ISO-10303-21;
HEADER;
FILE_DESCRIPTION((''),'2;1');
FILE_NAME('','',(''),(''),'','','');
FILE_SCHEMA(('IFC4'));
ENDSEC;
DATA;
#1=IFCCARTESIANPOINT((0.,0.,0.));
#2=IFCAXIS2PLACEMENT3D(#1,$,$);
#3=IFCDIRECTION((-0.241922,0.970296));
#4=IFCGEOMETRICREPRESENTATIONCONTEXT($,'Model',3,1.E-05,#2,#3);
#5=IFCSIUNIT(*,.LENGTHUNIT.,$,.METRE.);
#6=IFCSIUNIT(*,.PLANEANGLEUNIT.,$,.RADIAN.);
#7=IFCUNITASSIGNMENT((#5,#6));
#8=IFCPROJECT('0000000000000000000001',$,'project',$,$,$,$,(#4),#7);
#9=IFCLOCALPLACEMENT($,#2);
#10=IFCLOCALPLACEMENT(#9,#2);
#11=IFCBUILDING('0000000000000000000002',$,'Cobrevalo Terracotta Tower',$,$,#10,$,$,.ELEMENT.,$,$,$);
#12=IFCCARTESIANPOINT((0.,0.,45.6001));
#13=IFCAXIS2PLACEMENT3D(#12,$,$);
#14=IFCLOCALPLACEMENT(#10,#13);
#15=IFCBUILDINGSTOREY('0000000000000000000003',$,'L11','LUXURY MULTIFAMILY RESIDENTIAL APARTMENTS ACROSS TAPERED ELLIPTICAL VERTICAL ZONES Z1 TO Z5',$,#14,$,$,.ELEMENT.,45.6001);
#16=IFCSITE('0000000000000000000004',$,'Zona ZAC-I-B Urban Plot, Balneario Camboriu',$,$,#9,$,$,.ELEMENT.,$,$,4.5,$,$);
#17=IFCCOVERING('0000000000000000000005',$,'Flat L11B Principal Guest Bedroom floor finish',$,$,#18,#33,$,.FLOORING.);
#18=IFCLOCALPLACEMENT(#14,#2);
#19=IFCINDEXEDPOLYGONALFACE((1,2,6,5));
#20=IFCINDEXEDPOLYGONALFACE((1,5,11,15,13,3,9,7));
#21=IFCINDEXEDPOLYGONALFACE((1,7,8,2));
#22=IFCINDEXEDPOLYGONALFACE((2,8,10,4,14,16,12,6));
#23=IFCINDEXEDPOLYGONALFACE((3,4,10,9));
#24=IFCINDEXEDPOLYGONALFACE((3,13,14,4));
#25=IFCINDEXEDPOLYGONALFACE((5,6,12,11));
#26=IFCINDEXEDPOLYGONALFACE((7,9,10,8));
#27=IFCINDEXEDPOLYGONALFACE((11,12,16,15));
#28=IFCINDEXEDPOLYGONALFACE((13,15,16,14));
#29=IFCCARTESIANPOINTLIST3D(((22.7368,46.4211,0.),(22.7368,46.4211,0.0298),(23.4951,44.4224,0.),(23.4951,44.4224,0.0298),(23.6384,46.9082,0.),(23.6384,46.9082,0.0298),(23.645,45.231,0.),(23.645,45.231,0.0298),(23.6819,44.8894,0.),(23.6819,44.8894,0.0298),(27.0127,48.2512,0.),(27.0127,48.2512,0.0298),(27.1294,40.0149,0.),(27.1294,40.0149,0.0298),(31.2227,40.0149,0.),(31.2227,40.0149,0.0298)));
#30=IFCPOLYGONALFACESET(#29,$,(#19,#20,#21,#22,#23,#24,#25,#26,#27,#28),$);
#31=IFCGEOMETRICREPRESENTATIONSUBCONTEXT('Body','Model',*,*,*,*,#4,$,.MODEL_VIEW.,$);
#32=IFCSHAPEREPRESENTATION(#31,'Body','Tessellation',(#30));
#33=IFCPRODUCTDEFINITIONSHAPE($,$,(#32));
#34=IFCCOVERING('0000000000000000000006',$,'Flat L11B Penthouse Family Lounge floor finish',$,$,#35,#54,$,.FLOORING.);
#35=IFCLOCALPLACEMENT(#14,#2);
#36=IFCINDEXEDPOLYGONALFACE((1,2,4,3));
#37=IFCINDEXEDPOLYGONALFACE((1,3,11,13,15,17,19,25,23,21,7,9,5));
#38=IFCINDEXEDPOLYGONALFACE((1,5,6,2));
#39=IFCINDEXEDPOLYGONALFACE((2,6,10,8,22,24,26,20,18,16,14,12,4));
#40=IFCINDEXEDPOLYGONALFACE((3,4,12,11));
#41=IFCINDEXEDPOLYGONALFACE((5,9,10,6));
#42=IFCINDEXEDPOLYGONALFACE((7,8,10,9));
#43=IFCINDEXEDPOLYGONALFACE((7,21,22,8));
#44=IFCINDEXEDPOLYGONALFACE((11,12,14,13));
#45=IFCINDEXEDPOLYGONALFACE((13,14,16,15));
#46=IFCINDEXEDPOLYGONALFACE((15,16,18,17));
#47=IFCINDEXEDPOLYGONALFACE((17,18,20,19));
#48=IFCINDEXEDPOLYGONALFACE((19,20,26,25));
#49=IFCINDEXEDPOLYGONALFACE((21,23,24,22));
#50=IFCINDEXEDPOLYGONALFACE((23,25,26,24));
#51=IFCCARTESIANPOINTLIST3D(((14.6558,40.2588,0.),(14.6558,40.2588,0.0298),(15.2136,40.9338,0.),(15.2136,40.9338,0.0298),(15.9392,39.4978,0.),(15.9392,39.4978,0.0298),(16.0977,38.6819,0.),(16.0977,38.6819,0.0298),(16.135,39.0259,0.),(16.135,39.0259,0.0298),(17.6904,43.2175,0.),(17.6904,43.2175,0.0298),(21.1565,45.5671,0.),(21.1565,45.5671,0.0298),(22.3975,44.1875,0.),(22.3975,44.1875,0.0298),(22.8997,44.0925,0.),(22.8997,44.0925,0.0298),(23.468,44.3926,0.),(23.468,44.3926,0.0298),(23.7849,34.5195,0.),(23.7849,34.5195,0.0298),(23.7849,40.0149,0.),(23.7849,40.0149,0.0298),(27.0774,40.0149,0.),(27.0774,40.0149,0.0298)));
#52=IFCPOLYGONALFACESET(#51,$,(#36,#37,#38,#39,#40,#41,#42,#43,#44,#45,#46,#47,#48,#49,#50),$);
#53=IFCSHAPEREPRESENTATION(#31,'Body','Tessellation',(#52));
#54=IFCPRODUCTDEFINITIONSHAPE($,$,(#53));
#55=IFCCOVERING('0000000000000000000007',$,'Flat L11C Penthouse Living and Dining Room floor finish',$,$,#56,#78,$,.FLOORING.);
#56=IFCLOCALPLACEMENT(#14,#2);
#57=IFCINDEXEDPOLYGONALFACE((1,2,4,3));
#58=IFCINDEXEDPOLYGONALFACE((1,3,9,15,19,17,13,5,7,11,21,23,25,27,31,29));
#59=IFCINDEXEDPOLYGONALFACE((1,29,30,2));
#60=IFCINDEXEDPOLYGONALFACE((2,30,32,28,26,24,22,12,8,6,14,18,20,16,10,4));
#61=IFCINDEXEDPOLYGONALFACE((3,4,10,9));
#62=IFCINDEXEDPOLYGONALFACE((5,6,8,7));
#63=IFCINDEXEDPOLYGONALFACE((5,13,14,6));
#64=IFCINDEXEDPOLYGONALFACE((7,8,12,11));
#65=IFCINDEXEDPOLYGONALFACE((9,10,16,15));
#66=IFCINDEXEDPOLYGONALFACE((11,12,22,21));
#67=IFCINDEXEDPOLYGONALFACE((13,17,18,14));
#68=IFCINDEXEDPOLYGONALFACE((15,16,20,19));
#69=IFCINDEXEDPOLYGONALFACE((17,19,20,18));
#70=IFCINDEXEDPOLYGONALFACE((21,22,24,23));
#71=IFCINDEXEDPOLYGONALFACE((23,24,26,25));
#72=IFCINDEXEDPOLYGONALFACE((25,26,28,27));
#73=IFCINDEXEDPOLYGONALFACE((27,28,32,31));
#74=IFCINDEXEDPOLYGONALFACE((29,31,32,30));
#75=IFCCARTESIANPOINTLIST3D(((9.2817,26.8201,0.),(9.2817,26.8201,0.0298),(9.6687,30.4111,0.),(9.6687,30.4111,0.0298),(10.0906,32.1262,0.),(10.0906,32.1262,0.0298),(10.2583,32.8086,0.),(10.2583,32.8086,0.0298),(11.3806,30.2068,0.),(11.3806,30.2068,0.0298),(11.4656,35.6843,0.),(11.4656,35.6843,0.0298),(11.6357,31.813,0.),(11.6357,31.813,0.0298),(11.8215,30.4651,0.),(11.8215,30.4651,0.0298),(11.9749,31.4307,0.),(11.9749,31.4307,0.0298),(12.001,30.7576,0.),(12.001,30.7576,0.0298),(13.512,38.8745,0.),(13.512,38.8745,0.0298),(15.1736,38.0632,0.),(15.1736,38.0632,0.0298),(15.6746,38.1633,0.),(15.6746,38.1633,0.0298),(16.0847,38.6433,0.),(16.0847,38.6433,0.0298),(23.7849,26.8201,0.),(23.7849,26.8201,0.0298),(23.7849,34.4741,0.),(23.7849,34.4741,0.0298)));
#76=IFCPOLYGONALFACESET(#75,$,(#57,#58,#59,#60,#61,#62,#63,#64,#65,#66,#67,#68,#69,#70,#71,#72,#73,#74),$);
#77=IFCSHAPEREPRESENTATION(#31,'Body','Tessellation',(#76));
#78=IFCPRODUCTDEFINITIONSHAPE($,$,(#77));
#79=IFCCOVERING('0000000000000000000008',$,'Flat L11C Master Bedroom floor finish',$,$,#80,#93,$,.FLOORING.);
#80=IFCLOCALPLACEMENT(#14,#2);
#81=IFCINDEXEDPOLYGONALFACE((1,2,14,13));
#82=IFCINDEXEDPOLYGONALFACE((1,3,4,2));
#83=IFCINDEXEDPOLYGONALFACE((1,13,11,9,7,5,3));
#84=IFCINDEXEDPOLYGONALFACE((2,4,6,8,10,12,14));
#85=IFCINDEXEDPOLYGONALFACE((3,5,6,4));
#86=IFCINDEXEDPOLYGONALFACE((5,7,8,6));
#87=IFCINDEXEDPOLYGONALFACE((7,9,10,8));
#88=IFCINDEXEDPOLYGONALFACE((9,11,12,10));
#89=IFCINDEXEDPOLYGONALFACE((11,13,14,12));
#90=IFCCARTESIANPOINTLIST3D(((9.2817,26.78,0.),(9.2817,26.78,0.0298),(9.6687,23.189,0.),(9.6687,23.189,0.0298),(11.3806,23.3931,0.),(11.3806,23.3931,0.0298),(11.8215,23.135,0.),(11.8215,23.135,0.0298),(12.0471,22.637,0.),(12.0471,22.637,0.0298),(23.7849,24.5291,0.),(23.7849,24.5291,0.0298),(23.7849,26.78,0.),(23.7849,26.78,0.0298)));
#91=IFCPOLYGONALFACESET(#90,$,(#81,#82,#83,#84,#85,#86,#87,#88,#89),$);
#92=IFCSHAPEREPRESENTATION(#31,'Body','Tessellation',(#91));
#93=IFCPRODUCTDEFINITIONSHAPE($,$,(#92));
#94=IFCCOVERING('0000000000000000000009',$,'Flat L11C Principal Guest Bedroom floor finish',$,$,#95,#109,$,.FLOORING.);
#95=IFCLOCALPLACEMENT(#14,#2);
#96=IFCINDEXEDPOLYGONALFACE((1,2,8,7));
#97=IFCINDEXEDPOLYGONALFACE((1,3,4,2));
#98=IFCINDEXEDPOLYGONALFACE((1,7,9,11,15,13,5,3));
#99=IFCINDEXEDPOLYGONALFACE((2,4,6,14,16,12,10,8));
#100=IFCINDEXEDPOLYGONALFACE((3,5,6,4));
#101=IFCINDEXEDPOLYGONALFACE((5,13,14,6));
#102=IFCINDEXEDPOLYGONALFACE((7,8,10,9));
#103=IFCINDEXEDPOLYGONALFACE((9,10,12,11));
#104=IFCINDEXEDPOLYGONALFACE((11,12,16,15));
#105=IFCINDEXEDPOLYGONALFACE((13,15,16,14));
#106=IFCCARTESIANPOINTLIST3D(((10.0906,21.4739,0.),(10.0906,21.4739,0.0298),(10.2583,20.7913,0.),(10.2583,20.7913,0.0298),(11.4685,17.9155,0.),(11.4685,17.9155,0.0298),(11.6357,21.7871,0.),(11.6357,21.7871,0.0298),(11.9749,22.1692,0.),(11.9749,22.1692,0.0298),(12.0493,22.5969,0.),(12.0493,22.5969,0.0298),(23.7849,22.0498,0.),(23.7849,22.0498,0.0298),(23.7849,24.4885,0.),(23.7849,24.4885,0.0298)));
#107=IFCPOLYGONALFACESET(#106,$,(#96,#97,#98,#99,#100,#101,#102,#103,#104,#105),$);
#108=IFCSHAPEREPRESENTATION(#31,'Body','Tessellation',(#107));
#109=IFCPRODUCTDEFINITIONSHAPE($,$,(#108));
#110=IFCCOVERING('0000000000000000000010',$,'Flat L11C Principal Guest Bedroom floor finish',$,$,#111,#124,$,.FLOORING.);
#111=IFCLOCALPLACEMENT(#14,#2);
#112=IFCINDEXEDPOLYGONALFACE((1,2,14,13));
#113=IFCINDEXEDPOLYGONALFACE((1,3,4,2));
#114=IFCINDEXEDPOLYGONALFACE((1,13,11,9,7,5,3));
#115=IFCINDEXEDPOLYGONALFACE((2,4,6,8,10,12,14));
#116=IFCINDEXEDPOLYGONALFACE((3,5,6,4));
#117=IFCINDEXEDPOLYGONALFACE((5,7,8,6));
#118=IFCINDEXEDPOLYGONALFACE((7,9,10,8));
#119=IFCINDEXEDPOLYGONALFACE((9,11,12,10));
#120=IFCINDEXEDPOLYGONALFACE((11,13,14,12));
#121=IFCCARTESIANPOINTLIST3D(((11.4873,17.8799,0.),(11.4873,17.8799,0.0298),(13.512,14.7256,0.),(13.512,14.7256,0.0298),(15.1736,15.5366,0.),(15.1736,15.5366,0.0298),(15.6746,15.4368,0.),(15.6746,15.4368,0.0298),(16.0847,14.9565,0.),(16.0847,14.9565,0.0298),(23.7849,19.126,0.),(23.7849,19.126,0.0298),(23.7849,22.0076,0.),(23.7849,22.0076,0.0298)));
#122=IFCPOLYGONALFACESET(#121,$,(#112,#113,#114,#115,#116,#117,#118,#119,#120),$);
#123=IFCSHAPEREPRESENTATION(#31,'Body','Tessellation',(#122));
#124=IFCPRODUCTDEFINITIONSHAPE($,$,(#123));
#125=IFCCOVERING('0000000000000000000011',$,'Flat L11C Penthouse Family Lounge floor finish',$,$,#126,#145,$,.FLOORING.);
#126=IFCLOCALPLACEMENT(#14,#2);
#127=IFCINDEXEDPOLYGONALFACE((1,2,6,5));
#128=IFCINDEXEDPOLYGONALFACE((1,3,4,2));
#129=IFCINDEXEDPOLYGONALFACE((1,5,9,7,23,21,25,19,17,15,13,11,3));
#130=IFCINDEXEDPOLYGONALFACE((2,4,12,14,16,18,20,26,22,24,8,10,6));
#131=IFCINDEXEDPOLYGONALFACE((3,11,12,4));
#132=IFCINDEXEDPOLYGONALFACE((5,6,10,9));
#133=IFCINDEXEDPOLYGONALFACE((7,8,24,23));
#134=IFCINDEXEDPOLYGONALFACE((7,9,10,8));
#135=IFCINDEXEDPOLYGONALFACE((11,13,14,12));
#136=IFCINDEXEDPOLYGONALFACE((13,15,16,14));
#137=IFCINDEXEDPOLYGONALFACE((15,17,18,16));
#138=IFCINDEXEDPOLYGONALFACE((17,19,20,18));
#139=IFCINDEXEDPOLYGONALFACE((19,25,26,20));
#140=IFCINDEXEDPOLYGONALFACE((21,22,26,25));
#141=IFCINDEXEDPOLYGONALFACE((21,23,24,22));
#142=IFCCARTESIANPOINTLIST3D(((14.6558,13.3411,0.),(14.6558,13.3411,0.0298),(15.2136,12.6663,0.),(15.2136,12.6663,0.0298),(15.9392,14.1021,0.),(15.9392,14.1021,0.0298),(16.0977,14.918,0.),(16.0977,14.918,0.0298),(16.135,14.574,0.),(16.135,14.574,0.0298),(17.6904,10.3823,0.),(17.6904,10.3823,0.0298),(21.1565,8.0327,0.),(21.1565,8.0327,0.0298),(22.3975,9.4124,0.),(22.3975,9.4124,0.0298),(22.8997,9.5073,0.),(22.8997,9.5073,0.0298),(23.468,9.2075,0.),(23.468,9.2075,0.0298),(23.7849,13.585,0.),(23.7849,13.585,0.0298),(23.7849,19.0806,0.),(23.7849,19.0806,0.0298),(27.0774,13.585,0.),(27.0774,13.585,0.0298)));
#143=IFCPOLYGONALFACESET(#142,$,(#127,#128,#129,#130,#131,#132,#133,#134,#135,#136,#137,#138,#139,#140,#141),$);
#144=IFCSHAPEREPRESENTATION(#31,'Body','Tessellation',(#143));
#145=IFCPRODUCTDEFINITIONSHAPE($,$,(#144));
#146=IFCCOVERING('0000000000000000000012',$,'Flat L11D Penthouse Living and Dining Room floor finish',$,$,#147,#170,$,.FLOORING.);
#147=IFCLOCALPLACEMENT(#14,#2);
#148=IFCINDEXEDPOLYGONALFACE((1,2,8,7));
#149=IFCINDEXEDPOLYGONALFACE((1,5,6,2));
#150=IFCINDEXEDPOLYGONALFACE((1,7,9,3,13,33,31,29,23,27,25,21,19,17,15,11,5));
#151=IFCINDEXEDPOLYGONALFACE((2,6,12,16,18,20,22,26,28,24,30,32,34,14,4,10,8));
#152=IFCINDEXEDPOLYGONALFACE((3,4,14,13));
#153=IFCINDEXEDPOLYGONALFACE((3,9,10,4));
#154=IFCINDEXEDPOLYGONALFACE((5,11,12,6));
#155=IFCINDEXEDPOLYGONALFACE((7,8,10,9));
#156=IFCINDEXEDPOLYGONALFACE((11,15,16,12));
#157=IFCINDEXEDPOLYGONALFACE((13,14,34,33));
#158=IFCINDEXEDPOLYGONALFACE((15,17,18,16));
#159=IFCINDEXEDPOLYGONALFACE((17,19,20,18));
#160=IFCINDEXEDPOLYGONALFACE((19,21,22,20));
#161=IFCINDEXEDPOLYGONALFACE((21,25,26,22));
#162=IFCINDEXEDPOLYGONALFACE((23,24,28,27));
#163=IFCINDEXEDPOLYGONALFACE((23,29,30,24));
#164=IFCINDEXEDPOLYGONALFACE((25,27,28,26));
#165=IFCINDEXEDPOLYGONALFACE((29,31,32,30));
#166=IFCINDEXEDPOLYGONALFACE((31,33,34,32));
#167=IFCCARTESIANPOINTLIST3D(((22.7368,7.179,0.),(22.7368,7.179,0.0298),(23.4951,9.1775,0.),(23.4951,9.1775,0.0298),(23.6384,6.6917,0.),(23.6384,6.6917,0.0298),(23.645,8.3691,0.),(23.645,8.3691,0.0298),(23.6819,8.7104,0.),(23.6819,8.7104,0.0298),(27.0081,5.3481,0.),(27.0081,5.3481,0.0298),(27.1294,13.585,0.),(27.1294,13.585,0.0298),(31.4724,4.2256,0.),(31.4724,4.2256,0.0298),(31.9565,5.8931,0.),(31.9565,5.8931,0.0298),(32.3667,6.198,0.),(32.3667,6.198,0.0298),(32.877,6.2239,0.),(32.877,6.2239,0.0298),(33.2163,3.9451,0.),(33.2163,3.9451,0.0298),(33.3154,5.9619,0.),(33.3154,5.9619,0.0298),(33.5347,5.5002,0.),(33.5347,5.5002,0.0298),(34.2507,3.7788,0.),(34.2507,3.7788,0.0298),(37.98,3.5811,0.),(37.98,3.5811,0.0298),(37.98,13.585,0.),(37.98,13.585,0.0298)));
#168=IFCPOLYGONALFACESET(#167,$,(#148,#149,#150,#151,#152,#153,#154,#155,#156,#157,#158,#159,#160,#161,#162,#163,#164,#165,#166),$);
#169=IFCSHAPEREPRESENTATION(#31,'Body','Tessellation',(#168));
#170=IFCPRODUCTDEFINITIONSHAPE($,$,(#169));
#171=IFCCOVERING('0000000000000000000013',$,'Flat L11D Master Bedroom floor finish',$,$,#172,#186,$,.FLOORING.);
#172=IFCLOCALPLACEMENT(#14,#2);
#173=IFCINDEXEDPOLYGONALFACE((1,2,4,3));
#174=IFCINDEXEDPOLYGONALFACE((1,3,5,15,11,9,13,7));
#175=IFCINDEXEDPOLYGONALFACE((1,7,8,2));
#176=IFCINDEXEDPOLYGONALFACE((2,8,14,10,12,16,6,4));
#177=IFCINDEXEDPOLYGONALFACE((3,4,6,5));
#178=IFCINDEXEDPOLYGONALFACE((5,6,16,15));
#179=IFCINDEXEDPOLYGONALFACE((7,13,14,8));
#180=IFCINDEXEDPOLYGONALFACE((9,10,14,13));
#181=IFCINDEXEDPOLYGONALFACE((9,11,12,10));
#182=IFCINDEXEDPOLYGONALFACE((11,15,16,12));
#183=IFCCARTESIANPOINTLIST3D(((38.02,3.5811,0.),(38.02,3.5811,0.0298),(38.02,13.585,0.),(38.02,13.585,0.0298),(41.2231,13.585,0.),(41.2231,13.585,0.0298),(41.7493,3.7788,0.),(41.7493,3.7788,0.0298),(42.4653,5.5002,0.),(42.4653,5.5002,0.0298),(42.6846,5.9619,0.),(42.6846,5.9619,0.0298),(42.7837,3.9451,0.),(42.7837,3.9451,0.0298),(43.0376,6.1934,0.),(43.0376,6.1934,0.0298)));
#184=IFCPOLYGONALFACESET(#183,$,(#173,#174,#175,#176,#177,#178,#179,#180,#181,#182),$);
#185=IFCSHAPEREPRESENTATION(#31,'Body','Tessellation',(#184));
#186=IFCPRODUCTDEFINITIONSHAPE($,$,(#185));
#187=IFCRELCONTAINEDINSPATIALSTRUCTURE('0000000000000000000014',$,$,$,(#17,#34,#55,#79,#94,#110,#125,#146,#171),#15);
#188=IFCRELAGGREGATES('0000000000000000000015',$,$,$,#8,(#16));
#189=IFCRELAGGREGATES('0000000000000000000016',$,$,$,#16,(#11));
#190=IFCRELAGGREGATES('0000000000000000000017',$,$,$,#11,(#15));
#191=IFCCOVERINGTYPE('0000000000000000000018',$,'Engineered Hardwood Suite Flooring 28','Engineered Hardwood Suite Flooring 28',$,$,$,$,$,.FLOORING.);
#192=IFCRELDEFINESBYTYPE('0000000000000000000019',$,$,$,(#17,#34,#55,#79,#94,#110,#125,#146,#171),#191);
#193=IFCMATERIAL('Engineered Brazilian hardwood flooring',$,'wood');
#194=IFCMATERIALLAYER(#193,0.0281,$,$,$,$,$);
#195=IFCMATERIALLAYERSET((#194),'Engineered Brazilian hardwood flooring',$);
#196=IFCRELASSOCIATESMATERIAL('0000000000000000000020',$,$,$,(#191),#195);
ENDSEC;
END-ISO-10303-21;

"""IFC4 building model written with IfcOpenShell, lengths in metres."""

from ifc_helpers import new_model, si_unit, direction, frame, origin, place, context, subcontext, project, spatial, polyline, outline, extrude, material, layer, layer_set, type_object, element, save


model = new_model("IFC4")

# Units and contexts
model_context = context("Model", 3, precision=1e-05, world=origin(), true_north=direction((-0.241922, 0.970296)))
body_context = subcontext(model_context, "Body", "Model", "MODEL_VIEW")
ifc_project = project(units=[si_unit("LENGTHUNIT", "METRE"), si_unit("PLANEANGLEUNIT", "RADIAN")], contexts=[model_context])

# Site, building, storey
site_placement = place(None, origin())
site = spatial("IfcSite", under=ifc_project, at=site_placement, Name="Zona ZAC-I-B Urban Plot, Balneario Camboriu", CompositionType="ELEMENT", RefElevation=4.5)
building_placement = place(site_placement, origin())
building = spatial("IfcBuilding", under=site, at=building_placement, Name="Cobrevalo Terracotta Tower", CompositionType="ELEMENT")
storey_placement = place(building_placement, frame((0.0, 0.0, 45.6001)))
storey = spatial("IfcBuildingStorey", under=building, at=storey_placement, Name="L11", Description="LUXURY MULTIFAMILY RESIDENTIAL APARTMENTS ACROSS TAPERED ELLIPTICAL VERTICAL ZONES Z1 TO Z5", CompositionType="ELEMENT", Elevation=45.6001)

# Coverings
ifc_material_1 = material(Name="Engineered Brazilian hardwood flooring", Category="wood")
ifc_layer_1 = layer(ifc_material_1, 0.0281)
ifc_layer_set_1 = layer_set([ifc_layer_1], Name="Engineered Brazilian hardwood flooring")
covering_type_1 = type_object("IfcCoveringType", Name="Engineered Hardwood Suite Flooring 28", Description="Engineered Hardwood Suite Flooring 28", PredefinedType="FLOORING", material=ifc_layer_set_1)
covering_1_placement = place(storey_placement, origin())
element("IfcCovering", 1, at=covering_1_placement, inside=storey, type_object=covering_type_1, Name="Flat L11B Principal Guest Bedroom floor finish", PredefinedType="FLOORING", context=body_context, shape_type="SweptSolid", body=[
    extrude(outline(polyline([(23.4951, 44.4224), (23.6819, 44.8894), (23.645, 45.231), (22.7368, 46.4211), (23.6384, 46.9082), (27.0127, 48.2512), (31.2227, 40.0149), (27.1294, 40.0149), (23.4951, 44.4224)])), origin(), (0.0, 0.0, 1.0), 0.0298),
])
covering_2_placement = place(storey_placement, origin())
element("IfcCovering", 2, at=covering_2_placement, inside=storey, type_object=covering_type_1, Name="Flat L11B Penthouse Family Lounge floor finish", PredefinedType="FLOORING", context=body_context, shape_type="SweptSolid", body=[
    extrude(outline(polyline([(21.1565, 45.5671), (22.3975, 44.1875), (22.8997, 44.0925), (23.468, 44.3926), (27.0774, 40.0149), (23.7849, 40.0149), (23.7849, 34.5195), (16.0977, 38.6819), (16.135, 39.0259), (15.9392, 39.4978), (14.6558, 40.2588), (15.2136, 40.9338), (17.6904, 43.2175), (21.1565, 45.5671)])), origin(), (0.0, 0.0, 1.0), 0.0298),
])
covering_3_placement = place(storey_placement, origin())
element("IfcCovering", 3, at=covering_3_placement, inside=storey, type_object=covering_type_1, Name="Flat L11C Penthouse Living and Dining Room floor finish", PredefinedType="FLOORING", context=body_context, shape_type="SweptSolid", body=[
    extrude(outline(polyline([(9.6687, 30.4111), (11.3806, 30.2068), (11.8215, 30.4651), (12.001, 30.7576), (11.9749, 31.4307), (11.6357, 31.813), (10.0906, 32.1262), (10.2583, 32.8086), (11.4656, 35.6843), (13.512, 38.8745), (15.1736, 38.0632), (15.6746, 38.1633), (16.0847, 38.6433), (23.7849, 34.4741), (23.7849, 26.8201), (9.2817, 26.8201), (9.6687, 30.4111)])), origin(), (0.0, 0.0, 1.0), 0.0298),
])
covering_4_placement = place(storey_placement, origin())
element("IfcCovering", 4, at=covering_4_placement, inside=storey, type_object=covering_type_1, Name="Flat L11C Master Bedroom floor finish", PredefinedType="FLOORING", context=body_context, shape_type="SweptSolid", body=[
    extrude(outline(polyline([(9.2817, 26.78), (23.7849, 26.78), (23.7849, 24.5291), (12.0471, 22.637), (11.8215, 23.135), (11.3806, 23.3931), (9.6687, 23.189), (9.2817, 26.78)])), origin(), (0.0, 0.0, 1.0), 0.0298),
])
covering_5_placement = place(storey_placement, origin())
element("IfcCovering", 5, at=covering_5_placement, inside=storey, type_object=covering_type_1, Name="Flat L11C Principal Guest Bedroom floor finish", PredefinedType="FLOORING", context=body_context, shape_type="SweptSolid", body=[
    extrude(outline(polyline([(10.2583, 20.7913), (10.0906, 21.4739), (11.6357, 21.7871), (11.9749, 22.1692), (12.0493, 22.5969), (23.7849, 24.4885), (23.7849, 22.0498), (11.4685, 17.9155), (10.2583, 20.7913)])), origin(), (0.0, 0.0, 1.0), 0.0298),
])
covering_6_placement = place(storey_placement, origin())
element("IfcCovering", 6, at=covering_6_placement, inside=storey, type_object=covering_type_1, Name="Flat L11C Principal Guest Bedroom floor finish", PredefinedType="FLOORING", context=body_context, shape_type="SweptSolid", body=[
    extrude(outline(polyline([(11.4873, 17.8799), (23.7849, 22.0076), (23.7849, 19.126), (16.0847, 14.9565), (15.6746, 15.4368), (15.1736, 15.5366), (13.512, 14.7256), (11.4873, 17.8799)])), origin(), (0.0, 0.0, 1.0), 0.0298),
])
covering_7_placement = place(storey_placement, origin())
element("IfcCovering", 7, at=covering_7_placement, inside=storey, type_object=covering_type_1, Name="Flat L11C Penthouse Family Lounge floor finish", PredefinedType="FLOORING", context=body_context, shape_type="SweptSolid", body=[
    extrude(outline(polyline([(14.6558, 13.3411), (15.9392, 14.1021), (16.135, 14.574), (16.0977, 14.918), (23.7849, 19.0806), (23.7849, 13.585), (27.0774, 13.585), (23.468, 9.2075), (22.8997, 9.5073), (22.3975, 9.4124), (21.1565, 8.0327), (17.6904, 10.3823), (15.2136, 12.6663), (14.6558, 13.3411)])), origin(), (0.0, 0.0, 1.0), 0.0298),
])
covering_8_placement = place(storey_placement, origin())
element("IfcCovering", 8, at=covering_8_placement, inside=storey, type_object=covering_type_1, Name="Flat L11D Penthouse Living and Dining Room floor finish", PredefinedType="FLOORING", context=body_context, shape_type="SweptSolid", body=[
    extrude(outline(polyline([(23.4951, 9.1775), (27.1294, 13.585), (37.98, 13.585), (37.98, 3.5811), (34.2507, 3.7788), (33.2163, 3.9451), (33.5347, 5.5002), (33.3154, 5.9619), (32.877, 6.2239), (32.3667, 6.198), (31.9565, 5.8931), (31.4724, 4.2256), (27.0081, 5.3481), (23.6384, 6.6917), (22.7368, 7.179), (23.645, 8.3691), (23.6819, 8.7104), (23.4951, 9.1775)])), origin(), (0.0, 0.0, 1.0), 0.0298),
])
covering_9_placement = place(storey_placement, origin())
element("IfcCovering", 9, at=covering_9_placement, inside=storey, type_object=covering_type_1, Name="Flat L11D Master Bedroom floor finish", PredefinedType="FLOORING", context=body_context, shape_type="SweptSolid", body=[
    extrude(outline(polyline([(38.02, 3.5811), (38.02, 13.585), (41.2231, 13.585), (43.0376, 6.1934), (42.6846, 5.9619), (42.4653, 5.5002), (42.7837, 3.9451), (41.7493, 3.7788), (38.02, 3.5811)])), origin(), (0.0, 0.0, 1.0), 0.0298),
])

save(model, "model.ifc")
